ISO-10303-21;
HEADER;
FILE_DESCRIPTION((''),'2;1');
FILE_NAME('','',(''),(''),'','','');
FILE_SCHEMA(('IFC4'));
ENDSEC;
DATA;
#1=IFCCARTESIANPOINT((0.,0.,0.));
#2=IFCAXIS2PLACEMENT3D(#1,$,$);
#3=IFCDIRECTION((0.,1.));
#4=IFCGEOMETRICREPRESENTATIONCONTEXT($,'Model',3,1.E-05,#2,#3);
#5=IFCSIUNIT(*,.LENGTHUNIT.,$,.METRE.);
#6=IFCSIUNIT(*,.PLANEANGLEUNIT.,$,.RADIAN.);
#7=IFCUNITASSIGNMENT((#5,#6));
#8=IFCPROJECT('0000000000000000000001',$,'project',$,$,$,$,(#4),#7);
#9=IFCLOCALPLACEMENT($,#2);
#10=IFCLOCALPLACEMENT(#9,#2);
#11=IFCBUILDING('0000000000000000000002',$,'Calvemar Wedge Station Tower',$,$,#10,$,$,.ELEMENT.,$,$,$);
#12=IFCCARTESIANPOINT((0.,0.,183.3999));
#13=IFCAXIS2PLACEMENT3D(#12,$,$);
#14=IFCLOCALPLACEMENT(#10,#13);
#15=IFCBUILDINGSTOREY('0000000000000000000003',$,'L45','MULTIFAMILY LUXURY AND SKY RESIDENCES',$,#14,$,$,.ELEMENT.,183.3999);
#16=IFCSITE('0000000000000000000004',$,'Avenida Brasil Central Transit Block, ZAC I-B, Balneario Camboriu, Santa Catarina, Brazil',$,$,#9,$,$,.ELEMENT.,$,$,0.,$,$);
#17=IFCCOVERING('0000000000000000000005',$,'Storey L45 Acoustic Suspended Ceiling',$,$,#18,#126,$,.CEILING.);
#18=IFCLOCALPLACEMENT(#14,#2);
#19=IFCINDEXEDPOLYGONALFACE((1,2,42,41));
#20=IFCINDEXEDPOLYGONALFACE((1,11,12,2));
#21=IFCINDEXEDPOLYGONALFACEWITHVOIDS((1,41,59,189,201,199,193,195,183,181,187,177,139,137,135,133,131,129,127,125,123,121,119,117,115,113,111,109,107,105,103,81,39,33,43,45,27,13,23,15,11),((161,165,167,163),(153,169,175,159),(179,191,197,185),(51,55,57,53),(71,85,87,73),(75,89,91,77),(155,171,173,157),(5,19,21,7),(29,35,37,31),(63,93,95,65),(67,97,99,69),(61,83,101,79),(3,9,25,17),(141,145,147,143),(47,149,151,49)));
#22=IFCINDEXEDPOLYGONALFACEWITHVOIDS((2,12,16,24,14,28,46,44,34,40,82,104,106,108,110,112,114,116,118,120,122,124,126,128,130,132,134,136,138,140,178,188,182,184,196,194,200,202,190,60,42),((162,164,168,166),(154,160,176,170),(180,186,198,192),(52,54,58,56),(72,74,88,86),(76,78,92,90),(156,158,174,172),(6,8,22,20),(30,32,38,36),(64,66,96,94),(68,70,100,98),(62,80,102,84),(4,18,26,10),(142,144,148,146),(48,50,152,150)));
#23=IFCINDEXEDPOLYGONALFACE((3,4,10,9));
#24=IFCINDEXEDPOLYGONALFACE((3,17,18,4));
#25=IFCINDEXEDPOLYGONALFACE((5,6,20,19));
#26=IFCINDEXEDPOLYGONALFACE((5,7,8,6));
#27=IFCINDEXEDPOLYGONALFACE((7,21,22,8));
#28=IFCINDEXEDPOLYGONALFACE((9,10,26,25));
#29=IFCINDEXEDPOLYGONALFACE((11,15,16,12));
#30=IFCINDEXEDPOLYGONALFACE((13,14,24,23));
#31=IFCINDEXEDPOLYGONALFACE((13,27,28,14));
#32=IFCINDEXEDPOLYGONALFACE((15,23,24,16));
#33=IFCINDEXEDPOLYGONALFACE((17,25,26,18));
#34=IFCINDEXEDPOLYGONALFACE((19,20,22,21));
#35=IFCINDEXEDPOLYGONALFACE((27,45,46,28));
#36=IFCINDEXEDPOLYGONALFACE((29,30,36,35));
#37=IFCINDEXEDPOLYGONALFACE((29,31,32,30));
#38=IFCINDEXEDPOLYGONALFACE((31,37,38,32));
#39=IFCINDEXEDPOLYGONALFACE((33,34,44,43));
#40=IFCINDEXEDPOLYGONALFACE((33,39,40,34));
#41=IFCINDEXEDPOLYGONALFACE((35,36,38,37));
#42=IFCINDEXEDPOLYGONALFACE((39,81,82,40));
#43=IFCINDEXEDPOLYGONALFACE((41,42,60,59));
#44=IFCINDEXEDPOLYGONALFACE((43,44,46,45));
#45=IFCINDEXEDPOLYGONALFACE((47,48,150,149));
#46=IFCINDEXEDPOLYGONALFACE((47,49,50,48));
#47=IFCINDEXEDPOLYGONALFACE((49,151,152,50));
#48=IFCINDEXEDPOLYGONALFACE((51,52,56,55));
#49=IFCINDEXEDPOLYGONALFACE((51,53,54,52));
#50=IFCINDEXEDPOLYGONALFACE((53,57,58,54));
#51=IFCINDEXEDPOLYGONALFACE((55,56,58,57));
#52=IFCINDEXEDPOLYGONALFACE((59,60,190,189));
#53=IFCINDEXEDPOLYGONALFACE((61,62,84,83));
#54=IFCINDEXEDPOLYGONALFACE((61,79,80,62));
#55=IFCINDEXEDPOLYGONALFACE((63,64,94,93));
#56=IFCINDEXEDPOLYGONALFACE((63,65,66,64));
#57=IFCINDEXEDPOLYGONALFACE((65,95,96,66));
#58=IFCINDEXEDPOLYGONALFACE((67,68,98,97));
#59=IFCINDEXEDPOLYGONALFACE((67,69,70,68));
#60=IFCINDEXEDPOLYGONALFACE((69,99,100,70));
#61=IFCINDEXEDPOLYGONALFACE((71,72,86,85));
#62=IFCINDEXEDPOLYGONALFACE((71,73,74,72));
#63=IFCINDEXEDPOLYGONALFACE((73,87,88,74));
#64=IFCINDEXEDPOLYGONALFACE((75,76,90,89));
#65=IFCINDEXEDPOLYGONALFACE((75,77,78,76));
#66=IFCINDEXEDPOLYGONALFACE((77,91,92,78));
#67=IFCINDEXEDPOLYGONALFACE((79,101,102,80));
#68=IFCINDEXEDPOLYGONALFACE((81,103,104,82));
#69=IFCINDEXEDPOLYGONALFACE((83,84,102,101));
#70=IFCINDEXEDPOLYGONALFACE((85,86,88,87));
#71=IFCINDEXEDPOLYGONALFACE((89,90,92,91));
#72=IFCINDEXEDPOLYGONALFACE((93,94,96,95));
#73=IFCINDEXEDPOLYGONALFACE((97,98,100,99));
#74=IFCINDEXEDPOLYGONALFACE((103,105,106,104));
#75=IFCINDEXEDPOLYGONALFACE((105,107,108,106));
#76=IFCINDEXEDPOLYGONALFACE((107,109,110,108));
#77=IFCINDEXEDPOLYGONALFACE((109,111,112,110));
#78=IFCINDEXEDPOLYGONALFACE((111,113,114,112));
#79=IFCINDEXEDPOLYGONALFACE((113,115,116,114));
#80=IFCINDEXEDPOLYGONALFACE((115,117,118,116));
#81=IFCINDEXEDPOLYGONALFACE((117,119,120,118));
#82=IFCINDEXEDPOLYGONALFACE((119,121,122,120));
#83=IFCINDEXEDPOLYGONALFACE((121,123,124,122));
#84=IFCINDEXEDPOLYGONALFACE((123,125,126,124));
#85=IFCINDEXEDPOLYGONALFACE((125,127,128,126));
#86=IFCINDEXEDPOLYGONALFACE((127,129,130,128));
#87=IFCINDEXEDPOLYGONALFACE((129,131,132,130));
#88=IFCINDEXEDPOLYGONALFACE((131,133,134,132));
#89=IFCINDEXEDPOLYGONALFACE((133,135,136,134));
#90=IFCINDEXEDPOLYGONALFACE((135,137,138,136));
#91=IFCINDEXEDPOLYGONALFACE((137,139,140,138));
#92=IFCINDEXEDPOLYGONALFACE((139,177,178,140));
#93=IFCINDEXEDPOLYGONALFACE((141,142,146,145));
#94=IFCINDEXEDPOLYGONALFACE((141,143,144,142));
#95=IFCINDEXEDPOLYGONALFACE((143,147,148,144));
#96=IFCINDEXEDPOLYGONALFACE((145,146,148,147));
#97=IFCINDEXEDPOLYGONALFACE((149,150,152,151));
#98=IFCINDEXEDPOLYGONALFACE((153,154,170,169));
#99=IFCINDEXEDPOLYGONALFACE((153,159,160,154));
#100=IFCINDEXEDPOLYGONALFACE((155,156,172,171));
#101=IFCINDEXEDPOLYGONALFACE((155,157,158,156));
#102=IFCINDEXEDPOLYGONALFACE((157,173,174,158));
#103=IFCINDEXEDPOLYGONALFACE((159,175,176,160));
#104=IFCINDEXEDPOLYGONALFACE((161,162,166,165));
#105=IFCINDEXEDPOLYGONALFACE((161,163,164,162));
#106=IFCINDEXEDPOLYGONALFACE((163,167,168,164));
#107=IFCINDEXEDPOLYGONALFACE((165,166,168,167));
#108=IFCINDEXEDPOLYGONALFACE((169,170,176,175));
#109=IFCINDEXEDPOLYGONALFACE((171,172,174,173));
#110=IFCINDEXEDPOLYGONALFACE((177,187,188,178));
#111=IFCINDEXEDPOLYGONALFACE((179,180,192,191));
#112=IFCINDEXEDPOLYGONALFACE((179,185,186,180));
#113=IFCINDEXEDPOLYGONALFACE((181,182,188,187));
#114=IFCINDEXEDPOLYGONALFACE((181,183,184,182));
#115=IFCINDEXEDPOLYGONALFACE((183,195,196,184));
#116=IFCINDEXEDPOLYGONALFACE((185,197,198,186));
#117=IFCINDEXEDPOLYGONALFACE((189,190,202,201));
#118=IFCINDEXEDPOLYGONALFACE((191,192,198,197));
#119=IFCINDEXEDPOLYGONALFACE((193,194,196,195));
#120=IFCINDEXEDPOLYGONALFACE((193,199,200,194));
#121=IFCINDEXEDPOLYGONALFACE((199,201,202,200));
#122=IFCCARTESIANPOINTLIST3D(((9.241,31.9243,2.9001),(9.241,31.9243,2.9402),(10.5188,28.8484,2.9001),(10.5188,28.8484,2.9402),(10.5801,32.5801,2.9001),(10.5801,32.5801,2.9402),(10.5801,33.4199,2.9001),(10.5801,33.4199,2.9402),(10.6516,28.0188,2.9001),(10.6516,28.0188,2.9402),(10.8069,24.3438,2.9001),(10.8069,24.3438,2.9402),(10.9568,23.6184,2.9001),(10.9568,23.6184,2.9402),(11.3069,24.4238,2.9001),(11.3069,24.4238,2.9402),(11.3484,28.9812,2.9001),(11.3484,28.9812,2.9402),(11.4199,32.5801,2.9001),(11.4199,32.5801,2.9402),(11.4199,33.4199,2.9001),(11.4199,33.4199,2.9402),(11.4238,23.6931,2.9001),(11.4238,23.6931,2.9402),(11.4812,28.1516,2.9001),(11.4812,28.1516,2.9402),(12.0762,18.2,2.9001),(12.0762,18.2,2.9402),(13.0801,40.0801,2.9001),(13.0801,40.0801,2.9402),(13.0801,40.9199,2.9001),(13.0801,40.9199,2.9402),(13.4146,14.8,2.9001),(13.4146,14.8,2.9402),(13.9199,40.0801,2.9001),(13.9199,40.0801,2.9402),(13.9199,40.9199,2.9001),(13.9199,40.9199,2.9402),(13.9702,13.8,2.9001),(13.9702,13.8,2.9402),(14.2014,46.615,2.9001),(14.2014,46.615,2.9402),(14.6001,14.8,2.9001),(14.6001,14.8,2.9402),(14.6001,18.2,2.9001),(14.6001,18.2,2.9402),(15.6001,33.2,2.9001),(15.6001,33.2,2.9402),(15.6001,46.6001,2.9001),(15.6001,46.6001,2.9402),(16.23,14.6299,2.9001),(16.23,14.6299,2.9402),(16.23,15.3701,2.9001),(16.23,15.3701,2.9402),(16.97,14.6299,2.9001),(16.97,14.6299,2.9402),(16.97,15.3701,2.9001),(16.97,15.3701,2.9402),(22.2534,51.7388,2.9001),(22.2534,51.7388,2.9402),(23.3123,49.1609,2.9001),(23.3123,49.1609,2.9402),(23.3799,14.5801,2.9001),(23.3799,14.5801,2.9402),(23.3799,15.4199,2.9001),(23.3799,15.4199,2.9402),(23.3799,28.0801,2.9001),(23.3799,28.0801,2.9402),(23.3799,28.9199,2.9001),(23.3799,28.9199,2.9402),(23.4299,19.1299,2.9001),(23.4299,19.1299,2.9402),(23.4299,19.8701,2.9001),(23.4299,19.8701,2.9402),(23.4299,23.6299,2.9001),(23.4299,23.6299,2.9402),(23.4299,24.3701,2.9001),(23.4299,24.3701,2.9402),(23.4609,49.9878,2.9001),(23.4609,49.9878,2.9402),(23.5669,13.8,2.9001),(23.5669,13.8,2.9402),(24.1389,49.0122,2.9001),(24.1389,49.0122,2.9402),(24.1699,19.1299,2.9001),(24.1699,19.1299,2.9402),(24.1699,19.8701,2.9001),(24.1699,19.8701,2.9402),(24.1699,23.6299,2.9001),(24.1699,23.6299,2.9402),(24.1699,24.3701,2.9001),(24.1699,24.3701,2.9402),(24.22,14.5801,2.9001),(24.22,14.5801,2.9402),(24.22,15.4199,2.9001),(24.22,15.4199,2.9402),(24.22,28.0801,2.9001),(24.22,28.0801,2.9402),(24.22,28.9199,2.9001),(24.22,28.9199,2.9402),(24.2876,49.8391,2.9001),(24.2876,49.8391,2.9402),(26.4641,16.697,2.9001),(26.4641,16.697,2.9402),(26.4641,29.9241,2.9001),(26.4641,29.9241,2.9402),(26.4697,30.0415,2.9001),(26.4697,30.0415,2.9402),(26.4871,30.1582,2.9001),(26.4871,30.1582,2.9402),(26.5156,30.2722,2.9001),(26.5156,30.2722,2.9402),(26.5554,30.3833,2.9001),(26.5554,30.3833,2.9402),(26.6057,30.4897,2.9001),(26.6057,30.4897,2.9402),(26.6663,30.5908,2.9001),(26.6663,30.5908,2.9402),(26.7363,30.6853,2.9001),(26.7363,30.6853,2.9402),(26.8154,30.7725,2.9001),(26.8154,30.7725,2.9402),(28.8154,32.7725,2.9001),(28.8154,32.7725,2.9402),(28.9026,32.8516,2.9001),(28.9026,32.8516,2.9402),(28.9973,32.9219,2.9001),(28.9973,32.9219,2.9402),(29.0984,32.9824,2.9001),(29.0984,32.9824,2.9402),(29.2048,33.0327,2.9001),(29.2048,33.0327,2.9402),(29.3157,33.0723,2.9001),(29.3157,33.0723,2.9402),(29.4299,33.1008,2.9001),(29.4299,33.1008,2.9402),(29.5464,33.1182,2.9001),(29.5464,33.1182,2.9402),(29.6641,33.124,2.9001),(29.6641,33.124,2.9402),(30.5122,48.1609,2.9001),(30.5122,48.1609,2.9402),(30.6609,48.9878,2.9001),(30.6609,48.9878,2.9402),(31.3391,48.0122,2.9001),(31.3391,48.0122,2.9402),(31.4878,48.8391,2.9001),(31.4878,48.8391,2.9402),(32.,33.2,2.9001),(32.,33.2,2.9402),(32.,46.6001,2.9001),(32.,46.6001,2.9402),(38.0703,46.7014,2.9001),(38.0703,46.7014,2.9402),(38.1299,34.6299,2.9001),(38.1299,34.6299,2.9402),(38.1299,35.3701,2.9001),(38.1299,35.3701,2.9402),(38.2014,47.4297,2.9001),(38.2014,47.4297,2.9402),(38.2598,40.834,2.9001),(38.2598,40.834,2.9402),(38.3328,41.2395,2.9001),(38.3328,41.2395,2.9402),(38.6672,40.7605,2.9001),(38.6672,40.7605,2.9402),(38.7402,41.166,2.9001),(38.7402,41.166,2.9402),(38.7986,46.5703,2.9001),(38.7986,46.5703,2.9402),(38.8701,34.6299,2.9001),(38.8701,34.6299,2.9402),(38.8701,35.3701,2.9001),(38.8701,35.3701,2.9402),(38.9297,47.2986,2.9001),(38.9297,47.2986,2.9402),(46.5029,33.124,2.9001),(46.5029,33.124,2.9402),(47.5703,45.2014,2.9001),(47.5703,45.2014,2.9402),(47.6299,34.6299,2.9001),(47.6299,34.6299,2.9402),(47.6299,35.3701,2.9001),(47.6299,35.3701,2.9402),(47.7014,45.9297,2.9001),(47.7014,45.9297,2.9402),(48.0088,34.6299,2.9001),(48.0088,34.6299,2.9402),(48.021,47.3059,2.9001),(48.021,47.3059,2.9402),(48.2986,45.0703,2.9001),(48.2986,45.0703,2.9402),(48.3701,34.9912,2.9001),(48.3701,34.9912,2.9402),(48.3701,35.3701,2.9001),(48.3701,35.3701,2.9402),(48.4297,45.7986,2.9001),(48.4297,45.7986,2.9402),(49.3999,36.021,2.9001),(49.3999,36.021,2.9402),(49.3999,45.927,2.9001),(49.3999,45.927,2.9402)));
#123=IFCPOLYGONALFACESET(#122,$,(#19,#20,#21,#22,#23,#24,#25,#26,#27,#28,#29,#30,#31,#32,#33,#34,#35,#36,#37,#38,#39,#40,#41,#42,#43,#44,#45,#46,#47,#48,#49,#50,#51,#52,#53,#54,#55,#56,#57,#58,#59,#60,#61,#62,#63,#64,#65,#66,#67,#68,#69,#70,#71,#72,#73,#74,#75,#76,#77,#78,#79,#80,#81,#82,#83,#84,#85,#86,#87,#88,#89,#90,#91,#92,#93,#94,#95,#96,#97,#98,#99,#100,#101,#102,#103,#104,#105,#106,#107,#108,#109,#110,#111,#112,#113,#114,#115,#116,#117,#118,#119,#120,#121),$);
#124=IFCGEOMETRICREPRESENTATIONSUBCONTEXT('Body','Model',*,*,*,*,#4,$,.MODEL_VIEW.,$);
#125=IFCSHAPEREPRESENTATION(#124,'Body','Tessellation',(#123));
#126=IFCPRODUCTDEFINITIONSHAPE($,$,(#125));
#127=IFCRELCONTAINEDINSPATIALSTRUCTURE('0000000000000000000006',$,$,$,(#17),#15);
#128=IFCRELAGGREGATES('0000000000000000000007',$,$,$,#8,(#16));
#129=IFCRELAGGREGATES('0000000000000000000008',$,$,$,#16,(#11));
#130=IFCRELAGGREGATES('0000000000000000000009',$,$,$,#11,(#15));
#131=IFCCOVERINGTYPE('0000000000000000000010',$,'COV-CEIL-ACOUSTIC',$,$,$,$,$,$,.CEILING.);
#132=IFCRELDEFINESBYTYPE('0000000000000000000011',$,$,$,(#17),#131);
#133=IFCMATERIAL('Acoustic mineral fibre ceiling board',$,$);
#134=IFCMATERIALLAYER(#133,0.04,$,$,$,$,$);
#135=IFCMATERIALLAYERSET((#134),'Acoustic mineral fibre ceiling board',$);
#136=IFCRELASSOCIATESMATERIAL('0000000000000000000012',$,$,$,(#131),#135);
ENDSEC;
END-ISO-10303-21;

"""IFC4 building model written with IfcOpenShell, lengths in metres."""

from ifc_helpers import new_model, si_unit, direction, frame, origin, place, context, subcontext, project, spatial, polyline, outline, extrude, material, layer, layer_set, type_object, element, save


model = new_model("IFC4")

# Units and contexts
model_context = context("Model", 3, precision=1e-05, world=origin(), true_north=direction((0.0, 1.0)))
body_context = subcontext(model_context, "Body", "Model", "MODEL_VIEW")
ifc_project = project(units=[si_unit("LENGTHUNIT", "METRE"), si_unit("PLANEANGLEUNIT", "RADIAN")], contexts=[model_context])

# Site, building, storey
site_placement = place(None, origin())
site = spatial("IfcSite", under=ifc_project, at=site_placement, Name="Avenida Brasil Central Transit Block, ZAC I-B, Balneario Camboriu, Santa Catarina, Brazil", CompositionType="ELEMENT", RefElevation=0.0)
building_placement = place(site_placement, origin())
building = spatial("IfcBuilding", under=site, at=building_placement, Name="Calvemar Wedge Station Tower", CompositionType="ELEMENT")
storey_placement = place(building_placement, frame((0.0, 0.0, 183.3999)))
storey = spatial("IfcBuildingStorey", under=building, at=storey_placement, Name="L45", Description="MULTIFAMILY LUXURY AND SKY RESIDENCES", CompositionType="ELEMENT", Elevation=183.3999)

# Covering
ifc_material_1 = material(Name="Acoustic mineral fibre ceiling board")
ifc_layer_1 = layer(ifc_material_1, 0.04)
ifc_layer_set_1 = layer_set([ifc_layer_1], Name="Acoustic mineral fibre ceiling board")
covering_type_1 = type_object("IfcCoveringType", Name="COV-CEIL-ACOUSTIC", PredefinedType="CEILING", material=ifc_layer_set_1)
covering_1_placement = place(storey_placement, frame((0.0, 0.0, 2.9001)))
element("IfcCovering", 1, at=covering_1_placement, inside=storey, type_object=covering_type_1, Name="Storey L45 Acoustic Suspended Ceiling", PredefinedType="CEILING", context=body_context, shape_type="SweptSolid", body=[
    extrude(outline(polyline([(26.8154, 30.7725), (28.8154, 32.7725), (28.9026, 32.8516), (28.9973, 32.9219), (29.0984, 32.9824), (29.2048, 33.0327), (29.3157, 33.0723), (29.4299, 33.1008), (29.5464, 33.1182), (29.6641, 33.124), (46.5029, 33.124), (48.0088, 34.6299), (47.6299, 34.6299), (47.6299, 35.3701), (48.3701, 35.3701), (48.3701, 34.9912), (49.3999, 36.021), (49.3999, 45.927), (48.021, 47.3059), (22.2534, 51.7388), (14.2014, 46.615), (9.241, 31.9243), (10.8069, 24.3438), (11.3069, 24.4238), (11.4238, 23.6931), (10.9568, 23.6184), (12.0762, 18.2), (14.6001, 18.2), (14.6001, 14.8), (13.4146, 14.8), (13.9702, 13.8), (23.5669, 13.8), (26.4641, 16.697), (26.4641, 29.9241), (26.4697, 30.0415), (26.4871, 30.1582), (26.5156, 30.2722), (26.5554, 30.3833), (26.6057, 30.4897), (26.6663, 30.5908), (26.7363, 30.6853), (26.8154, 30.7725)]), holes=[polyline([(15.6001, 46.6001), (32.0, 46.6001), (32.0, 33.2), (15.6001, 33.2), (15.6001, 46.6001)]), polyline([(10.5801, 32.5801), (10.5801, 33.4199), (11.4199, 33.4199), (11.4199, 32.5801), (10.5801, 32.5801)]), polyline([(13.0801, 40.9199), (13.9199, 40.9199), (13.9199, 40.0801), (13.0801, 40.0801), (13.0801, 40.9199)]), polyline([(24.2876, 49.8391), (24.1389, 49.0122), (23.3123, 49.1609), (23.4609, 49.9878), (24.2876, 49.8391)]), polyline([(31.3391, 48.0122), (30.5122, 48.1609), (30.6609, 48.9878), (31.4878, 48.8391), (31.3391, 48.0122)]), polyline([(38.0703, 46.7014), (38.2014, 47.4297), (38.9297, 47.2986), (38.7986, 46.5703), (38.0703, 46.7014)]), polyline([(47.7014, 45.9297), (48.4297, 45.7986), (48.2986, 45.0703), (47.5703, 45.2014), (47.7014, 45.9297)]), polyline([(38.8701, 35.3701), (38.8701, 34.6299), (38.1299, 34.6299), (38.1299, 35.3701), (38.8701, 35.3701)]), polyline([(38.2598, 40.834), (38.3328, 41.2395), (38.7402, 41.166), (38.6672, 40.7605), (38.2598, 40.834)]), polyline([(11.3484, 28.9812), (11.4812, 28.1516), (10.6516, 28.0188), (10.5188, 28.8484), (11.3484, 28.9812)]), polyline([(24.22, 28.0801), (23.3799, 28.0801), (23.3799, 28.9199), (24.22, 28.9199), (24.22, 28.0801)]), polyline([(23.4299, 23.6299), (23.4299, 24.3701), (24.1699, 24.3701), (24.1699, 23.6299), (23.4299, 23.6299)]), polyline([(23.4299, 19.8701), (24.1699, 19.8701), (24.1699, 19.1299), (23.4299, 19.1299), (23.4299, 19.8701)]), polyline([(24.22, 15.4199), (24.22, 14.5801), (23.3799, 14.5801), (23.3799, 15.4199), (24.22, 15.4199)]), polyline([(16.97, 14.6299), (16.23, 14.6299), (16.23, 15.3701), (16.97, 15.3701), (16.97, 14.6299)])]), origin(), (0.0, 0.0, 1.0), 0.04),
])

save(model, "model.ifc")
